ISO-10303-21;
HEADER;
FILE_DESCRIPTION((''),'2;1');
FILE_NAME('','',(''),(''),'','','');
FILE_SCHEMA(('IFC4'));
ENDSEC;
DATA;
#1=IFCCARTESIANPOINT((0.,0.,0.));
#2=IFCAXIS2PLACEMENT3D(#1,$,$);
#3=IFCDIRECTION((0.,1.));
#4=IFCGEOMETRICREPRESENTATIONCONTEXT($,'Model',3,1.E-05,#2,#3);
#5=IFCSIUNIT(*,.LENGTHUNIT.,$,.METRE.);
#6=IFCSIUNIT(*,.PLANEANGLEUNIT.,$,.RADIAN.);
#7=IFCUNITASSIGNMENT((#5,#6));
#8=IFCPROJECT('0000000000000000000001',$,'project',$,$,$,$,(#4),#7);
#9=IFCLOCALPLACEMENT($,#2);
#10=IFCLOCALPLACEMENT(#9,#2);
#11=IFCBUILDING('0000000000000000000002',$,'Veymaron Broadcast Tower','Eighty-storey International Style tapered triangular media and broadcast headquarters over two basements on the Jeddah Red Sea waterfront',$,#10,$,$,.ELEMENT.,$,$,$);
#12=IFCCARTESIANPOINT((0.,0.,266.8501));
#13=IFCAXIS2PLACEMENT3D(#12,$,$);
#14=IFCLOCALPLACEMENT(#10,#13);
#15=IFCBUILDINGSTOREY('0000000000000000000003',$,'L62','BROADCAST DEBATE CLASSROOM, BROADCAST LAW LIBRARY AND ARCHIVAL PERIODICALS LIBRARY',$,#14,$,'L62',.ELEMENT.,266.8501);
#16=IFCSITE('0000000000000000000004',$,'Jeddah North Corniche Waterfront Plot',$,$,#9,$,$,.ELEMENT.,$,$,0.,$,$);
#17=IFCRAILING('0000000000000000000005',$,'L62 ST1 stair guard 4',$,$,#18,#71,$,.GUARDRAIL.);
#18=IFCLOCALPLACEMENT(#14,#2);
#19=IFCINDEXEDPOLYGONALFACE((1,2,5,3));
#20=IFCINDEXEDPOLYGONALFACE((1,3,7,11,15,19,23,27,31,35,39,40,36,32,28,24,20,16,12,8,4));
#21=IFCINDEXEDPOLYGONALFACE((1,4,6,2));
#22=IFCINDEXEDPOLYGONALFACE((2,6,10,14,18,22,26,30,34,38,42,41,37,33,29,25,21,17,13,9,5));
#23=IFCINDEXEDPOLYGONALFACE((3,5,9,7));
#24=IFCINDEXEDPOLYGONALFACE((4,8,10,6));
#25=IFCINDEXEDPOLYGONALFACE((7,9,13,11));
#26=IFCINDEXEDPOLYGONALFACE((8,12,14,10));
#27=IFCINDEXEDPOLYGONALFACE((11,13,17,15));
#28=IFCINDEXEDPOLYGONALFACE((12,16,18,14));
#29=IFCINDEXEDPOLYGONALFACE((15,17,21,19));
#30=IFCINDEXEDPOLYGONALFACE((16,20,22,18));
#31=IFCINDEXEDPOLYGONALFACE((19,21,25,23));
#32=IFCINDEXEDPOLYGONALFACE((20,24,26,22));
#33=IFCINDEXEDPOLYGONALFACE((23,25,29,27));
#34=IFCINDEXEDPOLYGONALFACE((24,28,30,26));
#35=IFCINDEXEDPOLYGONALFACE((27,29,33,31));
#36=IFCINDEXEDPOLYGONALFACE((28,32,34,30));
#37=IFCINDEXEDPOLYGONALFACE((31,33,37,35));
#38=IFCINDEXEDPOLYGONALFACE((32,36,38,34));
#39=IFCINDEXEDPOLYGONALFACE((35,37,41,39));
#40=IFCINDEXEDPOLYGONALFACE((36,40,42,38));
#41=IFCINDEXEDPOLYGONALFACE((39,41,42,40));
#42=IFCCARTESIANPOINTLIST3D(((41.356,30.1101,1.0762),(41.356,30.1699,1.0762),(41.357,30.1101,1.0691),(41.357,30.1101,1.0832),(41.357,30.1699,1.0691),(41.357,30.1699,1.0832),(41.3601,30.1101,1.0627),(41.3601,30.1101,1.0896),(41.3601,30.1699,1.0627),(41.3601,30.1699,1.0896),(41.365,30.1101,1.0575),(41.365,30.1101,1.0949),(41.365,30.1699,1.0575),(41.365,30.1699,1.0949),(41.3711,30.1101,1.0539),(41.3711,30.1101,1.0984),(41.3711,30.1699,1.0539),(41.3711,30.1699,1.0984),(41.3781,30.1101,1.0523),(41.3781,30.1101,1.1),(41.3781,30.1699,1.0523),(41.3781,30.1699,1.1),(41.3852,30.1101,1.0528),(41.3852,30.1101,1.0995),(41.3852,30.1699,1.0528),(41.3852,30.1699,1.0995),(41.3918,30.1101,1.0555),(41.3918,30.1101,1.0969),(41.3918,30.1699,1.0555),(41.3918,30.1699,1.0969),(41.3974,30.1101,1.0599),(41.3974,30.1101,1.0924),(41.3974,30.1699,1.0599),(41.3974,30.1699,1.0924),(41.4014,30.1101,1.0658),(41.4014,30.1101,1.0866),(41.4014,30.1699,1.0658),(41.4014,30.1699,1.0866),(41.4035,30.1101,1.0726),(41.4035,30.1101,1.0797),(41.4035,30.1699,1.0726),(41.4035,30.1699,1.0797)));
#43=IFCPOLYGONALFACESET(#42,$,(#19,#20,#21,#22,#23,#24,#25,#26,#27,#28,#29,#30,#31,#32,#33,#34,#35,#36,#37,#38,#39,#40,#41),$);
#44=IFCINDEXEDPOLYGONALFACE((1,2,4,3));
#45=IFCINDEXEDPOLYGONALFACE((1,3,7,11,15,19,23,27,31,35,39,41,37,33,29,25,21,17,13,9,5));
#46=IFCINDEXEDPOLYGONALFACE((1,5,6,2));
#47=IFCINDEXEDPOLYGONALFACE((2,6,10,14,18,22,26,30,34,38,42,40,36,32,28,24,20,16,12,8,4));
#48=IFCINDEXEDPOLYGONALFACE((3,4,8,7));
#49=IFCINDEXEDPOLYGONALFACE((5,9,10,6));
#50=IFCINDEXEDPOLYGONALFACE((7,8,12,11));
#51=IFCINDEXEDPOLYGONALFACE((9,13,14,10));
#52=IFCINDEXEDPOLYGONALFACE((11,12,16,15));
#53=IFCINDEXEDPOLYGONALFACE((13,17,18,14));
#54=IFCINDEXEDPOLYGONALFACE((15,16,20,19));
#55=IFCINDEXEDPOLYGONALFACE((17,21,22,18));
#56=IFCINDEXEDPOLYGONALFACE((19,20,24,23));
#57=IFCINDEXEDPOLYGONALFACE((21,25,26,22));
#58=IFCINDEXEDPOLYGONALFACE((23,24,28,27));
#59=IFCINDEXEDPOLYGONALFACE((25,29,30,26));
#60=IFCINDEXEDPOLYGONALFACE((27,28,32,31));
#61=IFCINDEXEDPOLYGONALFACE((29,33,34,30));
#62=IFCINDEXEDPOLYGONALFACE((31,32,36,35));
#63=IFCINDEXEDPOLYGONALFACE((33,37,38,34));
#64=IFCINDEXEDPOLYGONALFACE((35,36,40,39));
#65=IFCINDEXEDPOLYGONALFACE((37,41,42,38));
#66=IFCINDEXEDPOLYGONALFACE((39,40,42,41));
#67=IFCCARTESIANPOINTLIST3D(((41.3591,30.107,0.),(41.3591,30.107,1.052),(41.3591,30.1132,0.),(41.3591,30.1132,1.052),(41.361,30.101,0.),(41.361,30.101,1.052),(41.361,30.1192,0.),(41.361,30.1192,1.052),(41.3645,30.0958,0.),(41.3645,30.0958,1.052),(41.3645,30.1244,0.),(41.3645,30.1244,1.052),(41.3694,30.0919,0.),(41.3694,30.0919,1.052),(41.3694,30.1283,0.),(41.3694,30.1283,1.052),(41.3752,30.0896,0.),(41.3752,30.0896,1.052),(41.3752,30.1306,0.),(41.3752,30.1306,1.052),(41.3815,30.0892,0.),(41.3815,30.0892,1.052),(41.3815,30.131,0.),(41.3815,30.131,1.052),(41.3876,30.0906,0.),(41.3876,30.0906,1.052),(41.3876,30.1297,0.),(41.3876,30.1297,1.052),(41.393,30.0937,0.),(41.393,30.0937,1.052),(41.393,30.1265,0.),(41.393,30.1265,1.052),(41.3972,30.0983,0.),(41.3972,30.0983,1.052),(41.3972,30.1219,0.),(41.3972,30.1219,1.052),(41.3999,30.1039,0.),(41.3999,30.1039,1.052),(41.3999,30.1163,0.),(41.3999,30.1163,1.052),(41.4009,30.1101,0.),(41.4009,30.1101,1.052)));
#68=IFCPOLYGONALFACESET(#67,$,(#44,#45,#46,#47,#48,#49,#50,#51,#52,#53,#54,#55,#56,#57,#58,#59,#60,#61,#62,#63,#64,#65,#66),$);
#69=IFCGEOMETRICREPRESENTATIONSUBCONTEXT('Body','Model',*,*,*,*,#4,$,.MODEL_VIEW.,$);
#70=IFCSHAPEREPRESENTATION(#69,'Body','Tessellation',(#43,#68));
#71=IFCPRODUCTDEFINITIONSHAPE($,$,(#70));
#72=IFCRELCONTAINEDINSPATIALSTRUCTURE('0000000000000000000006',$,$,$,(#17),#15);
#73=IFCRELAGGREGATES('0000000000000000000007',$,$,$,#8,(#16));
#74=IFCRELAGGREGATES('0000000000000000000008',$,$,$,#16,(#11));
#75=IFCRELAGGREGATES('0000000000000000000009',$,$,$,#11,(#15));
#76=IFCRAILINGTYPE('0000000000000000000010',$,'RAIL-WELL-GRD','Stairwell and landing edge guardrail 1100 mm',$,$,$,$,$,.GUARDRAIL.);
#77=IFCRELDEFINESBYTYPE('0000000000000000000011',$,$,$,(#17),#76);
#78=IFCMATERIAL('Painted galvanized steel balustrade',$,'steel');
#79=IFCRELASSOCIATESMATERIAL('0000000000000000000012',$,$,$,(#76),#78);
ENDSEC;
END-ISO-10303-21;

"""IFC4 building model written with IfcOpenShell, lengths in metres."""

from ifc_helpers import new_model, si_unit, direction, frame, origin, origin_2d, place, context, subcontext, project, spatial, circle, extrude, material, type_object, element, save


model = new_model("IFC4")

# Units and contexts
model_context = context("Model", 3, precision=1e-05, world=origin(), true_north=direction((0.0, 1.0)))
body_context = subcontext(model_context, "Body", "Model", "MODEL_VIEW")
ifc_project = project(units=[si_unit("LENGTHUNIT", "METRE"), si_unit("PLANEANGLEUNIT", "RADIAN")], contexts=[model_context])

# Site, building, storey
site_placement = place(None, origin())
site = spatial("IfcSite", under=ifc_project, at=site_placement, Name="Jeddah North Corniche Waterfront Plot", CompositionType="ELEMENT", RefElevation=0.0)
building_placement = place(site_placement, origin())
building = spatial("IfcBuilding", under=site, at=building_placement, Name="Veymaron Broadcast Tower", Description="Eighty-storey International Style tapered triangular media and broadcast headquarters over two basements on the Jeddah Red Sea waterfront", CompositionType="ELEMENT")
storey_placement = place(building_placement, frame((0.0, 0.0, 266.8501)))
storey = spatial("IfcBuildingStorey", under=building, at=storey_placement, Name="L62", Description="BROADCAST DEBATE CLASSROOM, BROADCAST LAW LIBRARY AND ARCHIVAL PERIODICALS LIBRARY", LongName="L62", CompositionType="ELEMENT", Elevation=266.8501)

# Railing
ifc_material_1 = material(Name="Painted galvanized steel balustrade", Category="steel")
railing_type_1 = type_object("IfcRailingType", Name="RAIL-WELL-GRD", Description="Stairwell and landing edge guardrail 1100 mm", PredefinedType="GUARDRAIL", material=ifc_material_1)
railing_1_placement = place(storey_placement, frame((41.3799, 30.1101, 0.0)))
element("IfcRailing", 1, at=railing_1_placement, inside=storey, type_object=railing_type_1, Name="L62 ST1 stair guard 4", PredefinedType="GUARDRAIL", context=body_context, shape_type="SweptSolid", body=[
    extrude(circle(Radius=0.0239, at=origin_2d()), frame((0.0, 0.0, 1.0762), z_axis=(0.0, 1.0, 0.0), x_axis=(-1.0, 0.0, 0.0)), (0.0, 0.0, 1.0), 0.0598),
    extrude(circle(Radius=0.021, at=origin_2d()), origin(), (0.0, 0.0, 1.0), 1.052),
])

save(model, "model.ifc")
